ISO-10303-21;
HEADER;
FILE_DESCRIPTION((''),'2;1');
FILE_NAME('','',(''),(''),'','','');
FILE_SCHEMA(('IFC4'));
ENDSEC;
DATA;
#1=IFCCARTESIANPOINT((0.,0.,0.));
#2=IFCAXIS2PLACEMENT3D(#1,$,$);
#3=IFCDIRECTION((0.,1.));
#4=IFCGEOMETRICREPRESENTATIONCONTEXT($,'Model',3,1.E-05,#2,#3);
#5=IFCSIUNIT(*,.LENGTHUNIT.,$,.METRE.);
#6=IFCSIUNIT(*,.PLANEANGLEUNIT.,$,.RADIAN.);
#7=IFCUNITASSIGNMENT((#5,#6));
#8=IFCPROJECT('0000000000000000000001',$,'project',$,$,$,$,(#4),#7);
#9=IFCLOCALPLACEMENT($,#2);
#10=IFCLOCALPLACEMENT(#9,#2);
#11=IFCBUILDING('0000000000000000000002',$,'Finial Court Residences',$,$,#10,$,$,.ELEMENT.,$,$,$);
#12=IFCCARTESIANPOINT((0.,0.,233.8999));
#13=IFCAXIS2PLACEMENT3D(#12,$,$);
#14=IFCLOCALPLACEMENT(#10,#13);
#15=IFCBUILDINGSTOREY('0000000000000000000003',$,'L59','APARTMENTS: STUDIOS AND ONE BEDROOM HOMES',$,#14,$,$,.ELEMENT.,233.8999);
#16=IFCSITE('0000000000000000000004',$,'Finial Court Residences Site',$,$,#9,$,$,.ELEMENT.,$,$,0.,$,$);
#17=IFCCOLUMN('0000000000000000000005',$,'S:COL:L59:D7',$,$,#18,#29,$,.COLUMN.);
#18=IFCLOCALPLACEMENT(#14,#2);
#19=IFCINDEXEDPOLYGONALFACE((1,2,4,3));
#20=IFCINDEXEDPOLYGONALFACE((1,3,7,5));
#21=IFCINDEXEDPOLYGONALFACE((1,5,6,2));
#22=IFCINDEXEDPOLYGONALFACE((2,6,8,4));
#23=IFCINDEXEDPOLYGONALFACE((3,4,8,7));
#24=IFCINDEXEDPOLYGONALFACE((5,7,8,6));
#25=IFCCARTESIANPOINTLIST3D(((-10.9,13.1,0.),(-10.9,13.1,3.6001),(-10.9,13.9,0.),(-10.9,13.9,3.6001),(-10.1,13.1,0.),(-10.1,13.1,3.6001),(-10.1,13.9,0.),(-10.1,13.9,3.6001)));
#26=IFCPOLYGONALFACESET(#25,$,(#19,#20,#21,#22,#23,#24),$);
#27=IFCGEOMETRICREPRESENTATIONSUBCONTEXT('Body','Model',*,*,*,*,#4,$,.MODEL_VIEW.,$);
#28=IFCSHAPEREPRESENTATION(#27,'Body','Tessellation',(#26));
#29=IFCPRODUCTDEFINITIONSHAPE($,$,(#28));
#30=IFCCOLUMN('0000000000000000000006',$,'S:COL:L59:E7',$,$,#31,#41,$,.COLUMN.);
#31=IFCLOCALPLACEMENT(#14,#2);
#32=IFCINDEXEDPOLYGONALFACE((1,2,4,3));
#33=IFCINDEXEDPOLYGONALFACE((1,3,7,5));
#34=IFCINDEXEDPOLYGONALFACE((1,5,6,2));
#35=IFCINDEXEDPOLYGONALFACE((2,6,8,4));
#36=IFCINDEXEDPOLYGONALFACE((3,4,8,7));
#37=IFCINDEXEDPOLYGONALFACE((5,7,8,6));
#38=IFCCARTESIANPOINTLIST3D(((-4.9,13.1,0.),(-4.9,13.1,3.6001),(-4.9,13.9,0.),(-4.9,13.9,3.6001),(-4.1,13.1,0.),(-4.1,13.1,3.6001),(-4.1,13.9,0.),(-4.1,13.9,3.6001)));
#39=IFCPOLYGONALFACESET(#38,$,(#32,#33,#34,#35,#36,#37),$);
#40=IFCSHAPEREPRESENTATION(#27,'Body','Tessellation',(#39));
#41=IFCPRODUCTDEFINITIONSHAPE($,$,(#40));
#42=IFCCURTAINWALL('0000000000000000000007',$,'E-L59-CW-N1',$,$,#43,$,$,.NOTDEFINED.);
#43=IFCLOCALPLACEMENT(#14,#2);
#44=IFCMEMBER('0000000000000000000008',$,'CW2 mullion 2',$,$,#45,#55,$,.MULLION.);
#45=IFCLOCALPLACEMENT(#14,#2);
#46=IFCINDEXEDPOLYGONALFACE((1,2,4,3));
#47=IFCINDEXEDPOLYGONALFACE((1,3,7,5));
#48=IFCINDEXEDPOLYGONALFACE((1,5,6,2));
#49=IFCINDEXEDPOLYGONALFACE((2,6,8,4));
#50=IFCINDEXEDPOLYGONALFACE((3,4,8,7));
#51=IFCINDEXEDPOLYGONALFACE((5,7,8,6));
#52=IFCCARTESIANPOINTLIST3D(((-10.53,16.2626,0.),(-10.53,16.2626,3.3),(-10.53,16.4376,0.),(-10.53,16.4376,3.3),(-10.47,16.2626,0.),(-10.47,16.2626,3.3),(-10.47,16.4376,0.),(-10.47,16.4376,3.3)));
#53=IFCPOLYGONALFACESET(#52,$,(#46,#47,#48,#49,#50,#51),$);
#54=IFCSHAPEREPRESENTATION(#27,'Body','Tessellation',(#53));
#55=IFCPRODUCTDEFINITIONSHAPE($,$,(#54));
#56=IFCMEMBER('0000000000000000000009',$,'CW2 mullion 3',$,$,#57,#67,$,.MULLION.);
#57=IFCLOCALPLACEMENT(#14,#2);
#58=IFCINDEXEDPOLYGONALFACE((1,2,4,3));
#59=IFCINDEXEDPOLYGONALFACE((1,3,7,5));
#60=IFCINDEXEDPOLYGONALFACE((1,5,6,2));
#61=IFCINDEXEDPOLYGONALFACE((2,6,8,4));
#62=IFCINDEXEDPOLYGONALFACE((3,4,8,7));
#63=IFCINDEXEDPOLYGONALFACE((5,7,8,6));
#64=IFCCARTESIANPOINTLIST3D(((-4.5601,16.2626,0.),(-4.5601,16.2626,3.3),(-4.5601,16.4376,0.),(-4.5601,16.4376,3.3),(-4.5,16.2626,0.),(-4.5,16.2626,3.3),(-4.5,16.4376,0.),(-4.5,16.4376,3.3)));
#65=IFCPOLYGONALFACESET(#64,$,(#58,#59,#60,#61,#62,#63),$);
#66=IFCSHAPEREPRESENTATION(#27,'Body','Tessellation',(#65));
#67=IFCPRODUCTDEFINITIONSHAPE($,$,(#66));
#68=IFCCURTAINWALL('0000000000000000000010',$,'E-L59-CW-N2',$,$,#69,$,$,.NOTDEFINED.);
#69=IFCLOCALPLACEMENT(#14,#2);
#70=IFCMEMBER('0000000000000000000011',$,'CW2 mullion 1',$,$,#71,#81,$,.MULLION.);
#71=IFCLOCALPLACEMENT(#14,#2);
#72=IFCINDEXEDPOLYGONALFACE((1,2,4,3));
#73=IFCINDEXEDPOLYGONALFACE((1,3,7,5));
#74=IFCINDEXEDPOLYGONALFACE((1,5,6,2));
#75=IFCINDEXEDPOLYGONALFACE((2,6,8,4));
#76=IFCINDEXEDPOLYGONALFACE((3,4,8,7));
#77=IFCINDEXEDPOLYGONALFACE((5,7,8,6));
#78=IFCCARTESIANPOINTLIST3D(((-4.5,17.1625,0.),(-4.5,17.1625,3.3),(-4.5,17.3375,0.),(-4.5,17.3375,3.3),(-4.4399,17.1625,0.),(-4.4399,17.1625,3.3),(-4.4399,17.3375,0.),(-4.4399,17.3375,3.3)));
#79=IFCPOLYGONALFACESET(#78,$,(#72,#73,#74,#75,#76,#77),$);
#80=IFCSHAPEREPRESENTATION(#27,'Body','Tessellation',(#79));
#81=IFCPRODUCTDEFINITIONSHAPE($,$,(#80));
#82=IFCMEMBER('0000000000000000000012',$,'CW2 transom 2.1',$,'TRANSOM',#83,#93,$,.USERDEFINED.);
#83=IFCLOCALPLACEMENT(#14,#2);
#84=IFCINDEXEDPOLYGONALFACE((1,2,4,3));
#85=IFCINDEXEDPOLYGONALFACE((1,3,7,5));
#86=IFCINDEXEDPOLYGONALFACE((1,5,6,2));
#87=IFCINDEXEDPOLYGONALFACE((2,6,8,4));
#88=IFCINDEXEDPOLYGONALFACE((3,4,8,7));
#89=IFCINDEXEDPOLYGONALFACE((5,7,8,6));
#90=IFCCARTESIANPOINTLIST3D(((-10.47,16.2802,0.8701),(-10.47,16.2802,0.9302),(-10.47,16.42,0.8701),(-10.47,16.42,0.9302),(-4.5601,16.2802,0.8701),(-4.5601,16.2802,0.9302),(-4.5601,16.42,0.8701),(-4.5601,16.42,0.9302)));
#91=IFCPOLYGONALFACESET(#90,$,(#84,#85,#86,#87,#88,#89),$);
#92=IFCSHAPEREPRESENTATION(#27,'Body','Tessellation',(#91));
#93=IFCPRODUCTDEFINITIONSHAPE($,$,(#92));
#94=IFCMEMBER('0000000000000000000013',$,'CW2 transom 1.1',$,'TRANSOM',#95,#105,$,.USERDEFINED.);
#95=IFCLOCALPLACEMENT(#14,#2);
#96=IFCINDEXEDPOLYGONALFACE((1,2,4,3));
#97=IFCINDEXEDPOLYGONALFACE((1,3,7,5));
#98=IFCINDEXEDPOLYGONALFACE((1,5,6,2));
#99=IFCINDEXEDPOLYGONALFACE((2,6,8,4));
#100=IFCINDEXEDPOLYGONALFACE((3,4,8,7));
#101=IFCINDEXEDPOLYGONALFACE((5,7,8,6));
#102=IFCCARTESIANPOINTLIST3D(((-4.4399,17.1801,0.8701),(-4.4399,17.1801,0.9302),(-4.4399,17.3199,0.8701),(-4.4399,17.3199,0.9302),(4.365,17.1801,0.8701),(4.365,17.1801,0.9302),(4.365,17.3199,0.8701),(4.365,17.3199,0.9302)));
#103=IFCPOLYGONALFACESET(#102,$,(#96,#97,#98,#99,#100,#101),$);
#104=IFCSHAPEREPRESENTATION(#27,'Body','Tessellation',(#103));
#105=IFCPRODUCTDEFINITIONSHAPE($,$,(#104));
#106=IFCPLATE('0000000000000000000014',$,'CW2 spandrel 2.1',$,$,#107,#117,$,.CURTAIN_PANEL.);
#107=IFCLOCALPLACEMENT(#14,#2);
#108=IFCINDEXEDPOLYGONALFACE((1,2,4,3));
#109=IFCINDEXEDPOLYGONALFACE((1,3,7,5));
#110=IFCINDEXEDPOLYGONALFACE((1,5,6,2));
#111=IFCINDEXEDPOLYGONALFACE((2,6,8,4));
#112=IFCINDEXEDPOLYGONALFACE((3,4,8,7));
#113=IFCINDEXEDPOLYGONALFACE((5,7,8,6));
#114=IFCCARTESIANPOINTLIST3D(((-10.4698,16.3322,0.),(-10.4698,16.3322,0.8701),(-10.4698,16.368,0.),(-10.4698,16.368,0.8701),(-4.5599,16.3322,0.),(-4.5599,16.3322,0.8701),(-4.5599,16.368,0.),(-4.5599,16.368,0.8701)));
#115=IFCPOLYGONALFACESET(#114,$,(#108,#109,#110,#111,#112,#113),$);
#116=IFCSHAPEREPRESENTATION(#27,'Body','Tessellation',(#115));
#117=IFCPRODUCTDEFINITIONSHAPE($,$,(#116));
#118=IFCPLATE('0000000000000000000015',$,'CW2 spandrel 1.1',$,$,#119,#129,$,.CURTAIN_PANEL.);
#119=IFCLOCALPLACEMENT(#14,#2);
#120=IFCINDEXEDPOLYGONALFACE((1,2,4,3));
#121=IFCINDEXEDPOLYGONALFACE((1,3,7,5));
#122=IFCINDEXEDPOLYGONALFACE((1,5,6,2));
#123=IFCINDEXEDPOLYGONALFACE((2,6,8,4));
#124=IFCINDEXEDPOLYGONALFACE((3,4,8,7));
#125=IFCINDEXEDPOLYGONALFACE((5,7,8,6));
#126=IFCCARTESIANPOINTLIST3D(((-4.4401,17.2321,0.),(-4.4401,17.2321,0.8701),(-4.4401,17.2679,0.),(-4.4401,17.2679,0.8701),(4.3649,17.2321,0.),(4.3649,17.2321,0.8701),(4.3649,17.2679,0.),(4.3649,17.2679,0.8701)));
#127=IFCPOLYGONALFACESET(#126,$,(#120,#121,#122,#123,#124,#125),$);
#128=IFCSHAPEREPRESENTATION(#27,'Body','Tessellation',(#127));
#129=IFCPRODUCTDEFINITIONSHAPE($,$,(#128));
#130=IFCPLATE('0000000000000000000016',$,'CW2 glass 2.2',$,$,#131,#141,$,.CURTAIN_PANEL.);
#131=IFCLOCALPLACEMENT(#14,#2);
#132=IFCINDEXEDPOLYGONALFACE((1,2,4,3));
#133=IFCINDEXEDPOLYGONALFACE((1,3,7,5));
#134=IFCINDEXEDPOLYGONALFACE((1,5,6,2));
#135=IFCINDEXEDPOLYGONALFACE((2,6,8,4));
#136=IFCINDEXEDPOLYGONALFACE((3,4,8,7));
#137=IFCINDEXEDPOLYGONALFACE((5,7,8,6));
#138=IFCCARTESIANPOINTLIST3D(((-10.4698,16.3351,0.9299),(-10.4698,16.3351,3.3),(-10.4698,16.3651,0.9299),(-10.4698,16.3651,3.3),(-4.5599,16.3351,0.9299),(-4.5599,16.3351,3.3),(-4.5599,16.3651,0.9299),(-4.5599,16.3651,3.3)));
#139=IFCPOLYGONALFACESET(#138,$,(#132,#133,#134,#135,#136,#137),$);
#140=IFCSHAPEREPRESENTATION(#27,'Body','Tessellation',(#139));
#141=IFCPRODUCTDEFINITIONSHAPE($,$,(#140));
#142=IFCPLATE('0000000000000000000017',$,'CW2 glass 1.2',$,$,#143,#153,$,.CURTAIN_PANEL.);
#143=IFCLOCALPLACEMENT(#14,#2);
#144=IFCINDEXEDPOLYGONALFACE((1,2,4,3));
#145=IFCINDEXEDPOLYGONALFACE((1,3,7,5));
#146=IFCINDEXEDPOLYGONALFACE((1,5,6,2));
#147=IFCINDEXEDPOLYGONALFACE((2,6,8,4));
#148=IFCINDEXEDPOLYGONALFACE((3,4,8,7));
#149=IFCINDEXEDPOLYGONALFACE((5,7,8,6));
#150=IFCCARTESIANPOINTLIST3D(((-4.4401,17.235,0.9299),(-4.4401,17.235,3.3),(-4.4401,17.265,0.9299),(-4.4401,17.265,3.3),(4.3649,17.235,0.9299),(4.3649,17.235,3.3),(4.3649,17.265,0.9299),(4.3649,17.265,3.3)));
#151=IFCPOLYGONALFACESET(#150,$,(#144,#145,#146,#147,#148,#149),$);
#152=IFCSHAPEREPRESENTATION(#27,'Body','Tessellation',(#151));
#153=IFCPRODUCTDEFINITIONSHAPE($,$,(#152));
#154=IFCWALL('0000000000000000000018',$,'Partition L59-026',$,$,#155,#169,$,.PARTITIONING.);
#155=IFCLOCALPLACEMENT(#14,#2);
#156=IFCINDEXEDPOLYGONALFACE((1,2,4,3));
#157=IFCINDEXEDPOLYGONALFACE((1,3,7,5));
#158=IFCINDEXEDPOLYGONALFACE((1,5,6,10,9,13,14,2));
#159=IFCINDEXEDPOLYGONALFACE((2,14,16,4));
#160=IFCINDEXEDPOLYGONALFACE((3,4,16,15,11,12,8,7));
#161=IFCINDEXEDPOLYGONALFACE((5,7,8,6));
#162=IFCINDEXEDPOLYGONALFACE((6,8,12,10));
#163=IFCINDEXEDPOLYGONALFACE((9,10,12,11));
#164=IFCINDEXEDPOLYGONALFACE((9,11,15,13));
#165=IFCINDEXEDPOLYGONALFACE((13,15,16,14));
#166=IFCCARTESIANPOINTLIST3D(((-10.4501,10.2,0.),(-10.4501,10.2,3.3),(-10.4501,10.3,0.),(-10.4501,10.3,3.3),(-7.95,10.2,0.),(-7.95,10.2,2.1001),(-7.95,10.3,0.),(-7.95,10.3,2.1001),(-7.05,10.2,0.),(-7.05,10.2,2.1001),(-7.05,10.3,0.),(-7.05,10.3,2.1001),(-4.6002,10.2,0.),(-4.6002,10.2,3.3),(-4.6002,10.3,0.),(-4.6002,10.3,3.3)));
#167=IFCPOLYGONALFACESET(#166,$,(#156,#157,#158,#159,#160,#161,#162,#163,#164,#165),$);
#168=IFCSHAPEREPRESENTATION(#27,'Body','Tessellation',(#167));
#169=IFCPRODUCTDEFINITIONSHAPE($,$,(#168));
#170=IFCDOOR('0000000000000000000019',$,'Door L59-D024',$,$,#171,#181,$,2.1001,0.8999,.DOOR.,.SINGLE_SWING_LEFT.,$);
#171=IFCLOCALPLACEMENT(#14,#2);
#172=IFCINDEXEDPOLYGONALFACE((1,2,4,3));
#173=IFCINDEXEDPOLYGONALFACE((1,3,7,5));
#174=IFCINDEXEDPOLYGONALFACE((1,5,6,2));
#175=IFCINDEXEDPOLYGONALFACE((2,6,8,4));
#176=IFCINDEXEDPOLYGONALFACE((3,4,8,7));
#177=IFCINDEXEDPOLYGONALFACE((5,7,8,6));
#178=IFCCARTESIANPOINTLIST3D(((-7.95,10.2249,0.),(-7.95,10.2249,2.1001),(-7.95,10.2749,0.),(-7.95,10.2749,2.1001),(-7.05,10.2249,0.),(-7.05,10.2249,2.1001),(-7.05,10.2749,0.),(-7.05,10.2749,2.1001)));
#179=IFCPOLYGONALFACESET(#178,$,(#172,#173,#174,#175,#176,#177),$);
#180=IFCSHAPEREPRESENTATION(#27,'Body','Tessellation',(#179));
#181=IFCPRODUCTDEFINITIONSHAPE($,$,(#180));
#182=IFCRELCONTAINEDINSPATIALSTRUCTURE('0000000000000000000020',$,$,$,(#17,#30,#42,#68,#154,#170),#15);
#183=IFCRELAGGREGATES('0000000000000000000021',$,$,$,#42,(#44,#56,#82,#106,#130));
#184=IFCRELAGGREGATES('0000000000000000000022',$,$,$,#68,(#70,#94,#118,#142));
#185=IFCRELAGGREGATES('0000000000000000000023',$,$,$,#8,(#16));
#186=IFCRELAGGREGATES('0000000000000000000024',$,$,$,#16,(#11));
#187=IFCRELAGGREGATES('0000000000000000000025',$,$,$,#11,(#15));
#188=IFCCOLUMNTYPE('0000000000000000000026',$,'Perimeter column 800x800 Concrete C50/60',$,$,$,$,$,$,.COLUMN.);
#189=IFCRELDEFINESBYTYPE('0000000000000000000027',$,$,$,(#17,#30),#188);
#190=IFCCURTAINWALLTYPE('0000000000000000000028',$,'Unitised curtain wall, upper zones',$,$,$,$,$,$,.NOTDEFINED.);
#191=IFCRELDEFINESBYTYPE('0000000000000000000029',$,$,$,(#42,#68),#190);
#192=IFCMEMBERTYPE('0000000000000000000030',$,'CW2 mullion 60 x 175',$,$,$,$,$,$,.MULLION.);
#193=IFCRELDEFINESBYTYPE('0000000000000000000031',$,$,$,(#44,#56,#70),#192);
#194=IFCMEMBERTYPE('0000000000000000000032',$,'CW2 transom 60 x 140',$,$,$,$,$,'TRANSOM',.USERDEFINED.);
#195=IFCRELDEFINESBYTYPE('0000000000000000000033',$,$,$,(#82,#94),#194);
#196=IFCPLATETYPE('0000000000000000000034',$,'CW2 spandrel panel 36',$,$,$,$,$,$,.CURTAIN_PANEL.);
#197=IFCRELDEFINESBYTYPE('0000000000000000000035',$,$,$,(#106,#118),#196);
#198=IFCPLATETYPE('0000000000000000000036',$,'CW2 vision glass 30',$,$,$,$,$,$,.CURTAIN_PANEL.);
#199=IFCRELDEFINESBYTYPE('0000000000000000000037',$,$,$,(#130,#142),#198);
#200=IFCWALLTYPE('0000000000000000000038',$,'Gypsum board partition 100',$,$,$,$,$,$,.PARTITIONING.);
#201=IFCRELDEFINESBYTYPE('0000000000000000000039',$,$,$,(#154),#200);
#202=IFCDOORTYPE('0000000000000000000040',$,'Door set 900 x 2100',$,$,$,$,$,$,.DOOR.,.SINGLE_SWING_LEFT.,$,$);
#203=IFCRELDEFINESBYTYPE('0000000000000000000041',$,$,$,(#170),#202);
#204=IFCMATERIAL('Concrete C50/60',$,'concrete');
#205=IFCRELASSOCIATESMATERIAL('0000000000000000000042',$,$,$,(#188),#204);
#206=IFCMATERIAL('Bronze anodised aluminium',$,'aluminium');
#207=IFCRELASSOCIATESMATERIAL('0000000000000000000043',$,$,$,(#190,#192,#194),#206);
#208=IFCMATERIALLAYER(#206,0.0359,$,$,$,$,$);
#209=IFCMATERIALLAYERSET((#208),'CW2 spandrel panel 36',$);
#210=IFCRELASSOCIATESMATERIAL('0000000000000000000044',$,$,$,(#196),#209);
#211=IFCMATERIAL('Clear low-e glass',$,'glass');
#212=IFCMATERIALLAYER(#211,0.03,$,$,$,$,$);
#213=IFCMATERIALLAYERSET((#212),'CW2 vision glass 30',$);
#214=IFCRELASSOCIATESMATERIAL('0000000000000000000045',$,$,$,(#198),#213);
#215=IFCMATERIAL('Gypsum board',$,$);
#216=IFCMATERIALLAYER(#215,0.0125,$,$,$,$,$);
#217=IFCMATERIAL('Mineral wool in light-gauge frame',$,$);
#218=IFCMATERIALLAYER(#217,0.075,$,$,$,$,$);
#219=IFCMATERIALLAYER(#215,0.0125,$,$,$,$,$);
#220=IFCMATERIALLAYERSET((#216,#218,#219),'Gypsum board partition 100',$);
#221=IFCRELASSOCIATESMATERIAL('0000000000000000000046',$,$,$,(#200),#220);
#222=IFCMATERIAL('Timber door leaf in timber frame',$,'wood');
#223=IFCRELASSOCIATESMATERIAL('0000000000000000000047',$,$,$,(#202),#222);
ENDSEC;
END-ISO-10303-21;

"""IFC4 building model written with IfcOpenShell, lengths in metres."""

from ifc_helpers import new_model, si_unit, direction, frame, frame_2d, origin, origin_2d, place, context, subcontext, project, spatial, rectangle, extrude, material, layer, layer_set, material_profile, profile_set, type_object, element, fill, aggregate, save


model = new_model("IFC4")

# Units and contexts
model_context = context("Model", 3, precision=1e-05, world=origin(), true_north=direction((0.0, 1.0)))
body_context = subcontext(model_context, "Body", "Model", "MODEL_VIEW")
ifc_project = project(units=[si_unit("LENGTHUNIT", "METRE"), si_unit("PLANEANGLEUNIT", "RADIAN")], contexts=[model_context])

# Site, building, storey
site_placement = place(None, origin())
site = spatial("IfcSite", under=ifc_project, at=site_placement, Name="Finial Court Residences Site", CompositionType="ELEMENT", RefElevation=0.0)
building_placement = place(site_placement, origin())
building = spatial("IfcBuilding", under=site, at=building_placement, Name="Finial Court Residences", CompositionType="ELEMENT")
storey_placement = place(building_placement, frame((0.0, 0.0, 233.8999)))
storey = spatial("IfcBuildingStorey", under=building, at=storey_placement, Name="L59", Description="APARTMENTS: STUDIOS AND ONE BEDROOM HOMES", CompositionType="ELEMENT", Elevation=233.8999)

# Columns
ifc_material_1 = material(Name="Concrete C50/60", Category="concrete")
ifc_material_profile_1 = material_profile(ifc_material_1, rectangle(XDim=0.8, YDim=0.8, at=origin_2d()), Name="800x800")
ifc_profile_set_1 = profile_set([ifc_material_profile_1], Name="Concrete C50/60")
column_type = type_object("IfcColumnType", Name="Perimeter column 800x800 Concrete C50/60", PredefinedType="COLUMN", material=ifc_profile_set_1)
for number, where, z_axis, x_axis, name in (
    (1, (-10.5, 13.5, 0.0), (0.0, 0.0, 1.0), (1.0, 0.0, 0.0), "S:COL:L59:D7"),
    (2, (-4.5, 13.5, 0.0), (0.0, 0.0, 1.0), (1.0, 0.0, 0.0), "S:COL:L59:E7"),
):
    element("IfcColumn", number, at=place(storey_placement, frame(where, z_axis=z_axis, x_axis=x_axis)), inside=storey, type_object=column_type, Name=name, PredefinedType="COLUMN", context=body_context, shape_type="SweptSolid", body=[
        extrude(rectangle(XDim=0.8, YDim=0.8, at=origin_2d()), origin(), (0.0, 0.0, 1.0), 3.6001),
    ])

# Curtain wall, members
ifc_material_2 = material(Name="Bronze anodised aluminium", Category="aluminium")
curtain_wall_type = type_object("IfcCurtainWallType", Name="Unitised curtain wall, upper zones", PredefinedType="NOTDEFINED", material=ifc_material_2)
curtain_wall_1_placement = place(storey_placement, origin())
curtain_wall_1 = element("IfcCurtainWall", 3, at=curtain_wall_1_placement, inside=storey, type_object=curtain_wall_type, Name="E-L59-CW-N1", PredefinedType="NOTDEFINED")
ifc_material_profile_2 = material_profile(ifc_material_2, rectangle(XDim=0.175, YDim=0.0601, at=origin_2d()), Name="CW2 mullion 60 x 175")
ifc_profile_set_2 = profile_set([ifc_material_profile_2], Name="Bronze anodised aluminium")
member_type_1 = type_object("IfcMemberType", Name="CW2 mullion 60 x 175", PredefinedType="MULLION", material=ifc_profile_set_2)
member_1_placement = place(storey_placement, frame((-10.5, 16.3501, 0.0), z_axis=(0.0, 0.0, 1.0), x_axis=(0.0, 1.0, 0.0)))
member_1 = element("IfcMember", 4, at=member_1_placement, type_object=member_type_1, Name="CW2 mullion 2", PredefinedType="MULLION", context=body_context, shape_type="SweptSolid", body=[
    extrude(rectangle(XDim=0.175, YDim=0.0601, at=origin_2d()), origin(), (0.0, 0.0, 1.0), 3.3),
])
member_2_placement = place(storey_placement, frame((-4.53, 16.3501, 0.0), z_axis=(0.0, 0.0, 1.0), x_axis=(0.0, 1.0, 0.0)))
member_2 = element("IfcMember", 5, at=member_2_placement, type_object=member_type_1, Name="CW2 mullion 3", PredefinedType="MULLION", context=body_context, shape_type="SweptSolid", body=[
    extrude(rectangle(XDim=0.175, YDim=0.0601, at=origin_2d()), origin(), (0.0, 0.0, 1.0), 3.3),
])

# Curtain wall, member
curtain_wall_2_placement = place(storey_placement, origin())
curtain_wall_2 = element("IfcCurtainWall", 6, at=curtain_wall_2_placement, inside=storey, type_object=curtain_wall_type, Name="E-L59-CW-N2", PredefinedType="NOTDEFINED")
member_3_placement = place(storey_placement, frame((-4.47, 17.25, 0.0), z_axis=(0.0, 0.0, 1.0), x_axis=(0.0, 1.0, 0.0)))
member_3 = element("IfcMember", 7, at=member_3_placement, type_object=member_type_1, Name="CW2 mullion 1", PredefinedType="MULLION", context=body_context, shape_type="SweptSolid", body=[
    extrude(rectangle(XDim=0.175, YDim=0.0601, at=origin_2d()), origin(), (0.0, 0.0, 1.0), 3.3),
])

# Members
ifc_material_profile_3 = material_profile(ifc_material_2, rectangle(XDim=0.1399, YDim=0.0601, at=origin_2d()), Name="CW2 transom 60 x 140")
ifc_profile_set_3 = profile_set([ifc_material_profile_3], Name="Bronze anodised aluminium")
member_type_2 = type_object("IfcMemberType", Name="CW2 transom 60 x 140", ElementType="TRANSOM", PredefinedType="USERDEFINED", material=ifc_profile_set_3)
member_4_placement = place(storey_placement, frame((-10.47, 16.3501, 0.9001), z_axis=(1.0, 0.0, 0.0), x_axis=(0.0, 1.0, 0.0)))
member_4 = element("IfcMember", 8, at=member_4_placement, type_object=member_type_2, Name="CW2 transom 2.1", ObjectType="TRANSOM", PredefinedType="USERDEFINED", context=body_context, shape_type="SweptSolid", body=[
    extrude(rectangle(XDim=0.1399, YDim=0.0601, at=origin_2d()), origin(), (0.0, 0.0, 1.0), 5.9099),
])
member_5_placement = place(storey_placement, frame((-4.4399, 17.25, 0.9001), z_axis=(1.0, 0.0, 0.0), x_axis=(0.0, 1.0, 0.0)))
member_5 = element("IfcMember", 9, at=member_5_placement, type_object=member_type_2, Name="CW2 transom 1.1", ObjectType="TRANSOM", PredefinedType="USERDEFINED", context=body_context, shape_type="SweptSolid", body=[
    extrude(rectangle(XDim=0.1399, YDim=0.0601, at=origin_2d()), origin(), (0.0, 0.0, 1.0), 8.8049),
])

# Plates
ifc_layer_1 = layer(ifc_material_2, 0.0359)
ifc_layer_set_1 = layer_set([ifc_layer_1], Name="CW2 spandrel panel 36")
plate_type_1 = type_object("IfcPlateType", Name="CW2 spandrel panel 36", PredefinedType="CURTAIN_PANEL", material=ifc_layer_set_1)
plate_1_placement = place(storey_placement, frame((-7.5149, 16.3501, 0.0), z_axis=(0.0, 0.0, 1.0), x_axis=(1.0, 0.0, 0.0)))
plate_1 = element("IfcPlate", 10, at=plate_1_placement, type_object=plate_type_1, Name="CW2 spandrel 2.1", PredefinedType="CURTAIN_PANEL", context=body_context, shape_type="SweptSolid", body=[
    extrude(rectangle(XDim=5.9099, YDim=0.0359, at=origin_2d()), origin(), (0.0, 0.0, 1.0), 0.8701),
])
plate_2_placement = place(storey_placement, frame((-0.0376, 17.25, 0.0), z_axis=(0.0, 0.0, 1.0), x_axis=(1.0, 0.0, 0.0)))
plate_2 = element("IfcPlate", 11, at=plate_2_placement, type_object=plate_type_1, Name="CW2 spandrel 1.1", PredefinedType="CURTAIN_PANEL", context=body_context, shape_type="SweptSolid", body=[
    extrude(rectangle(XDim=8.8049, YDim=0.0359, at=origin_2d()), origin(), (0.0, 0.0, 1.0), 0.8701),
])
ifc_material_3 = material(Name="Clear low-e glass", Category="glass")
ifc_layer_2 = layer(ifc_material_3, 0.03)
ifc_layer_set_2 = layer_set([ifc_layer_2], Name="CW2 vision glass 30")
plate_type_2 = type_object("IfcPlateType", Name="CW2 vision glass 30", PredefinedType="CURTAIN_PANEL", material=ifc_layer_set_2)
plate_3_placement = place(storey_placement, frame((-7.5149, 16.3501, 0.9299), z_axis=(0.0, 0.0, 1.0), x_axis=(1.0, 0.0, 0.0)))
plate_3 = element("IfcPlate", 12, at=plate_3_placement, type_object=plate_type_2, Name="CW2 glass 2.2", PredefinedType="CURTAIN_PANEL", context=body_context, shape_type="SweptSolid", body=[
    extrude(rectangle(XDim=5.9099, YDim=0.03, at=origin_2d()), origin(), (0.0, 0.0, 1.0), 2.3701),
])
aggregate(curtain_wall_1, [member_1, member_2, member_4, plate_1, plate_3])
plate_4_placement = place(storey_placement, frame((-0.0376, 17.25, 0.9299), z_axis=(0.0, 0.0, 1.0), x_axis=(1.0, 0.0, 0.0)))
plate_4 = element("IfcPlate", 13, at=plate_4_placement, type_object=plate_type_2, Name="CW2 glass 1.2", PredefinedType="CURTAIN_PANEL", context=body_context, shape_type="SweptSolid", body=[
    extrude(rectangle(XDim=8.8049, YDim=0.03, at=origin_2d()), origin(), (0.0, 0.0, 1.0), 2.3701),
])
aggregate(curtain_wall_2, [member_3, member_5, plate_2, plate_4])

# Wall, opening, door
ifc_material_4 = material(Name="Gypsum board")
ifc_layer_3 = layer(ifc_material_4, 0.0125)
ifc_material_5 = material(Name="Mineral wool in light-gauge frame")
ifc_layer_4 = layer(ifc_material_5, 0.075)
ifc_layer_5 = layer(ifc_material_4, 0.0125)
ifc_layer_set_3 = layer_set([ifc_layer_3, ifc_layer_4, ifc_layer_5], Name="Gypsum board partition 100")
wall_type_1 = type_object("IfcWallType", Name="Gypsum board partition 100", PredefinedType="PARTITIONING", material=ifc_layer_set_3)
wall_1_placement = place(storey_placement, frame((-10.45, 10.25, 0.0), z_axis=(0.0, 0.0, 1.0), x_axis=(1.0, 0.0, 0.0)))
wall_1 = element("IfcWall", 14, at=wall_1_placement, inside=storey, type_object=wall_type_1, Name="Partition L59-026", PredefinedType="PARTITIONING", context=body_context, shape_type="SweptSolid", body=[
    extrude(rectangle(XDim=5.8499, YDim=0.1001, at=frame_2d((2.9248, 0.0))), origin(), (0.0, 0.0, 1.0), 3.3),
])
opening_1_placement = place(wall_1_placement, frame((2.5, 0.0, 0.0)))
opening_1 = element("IfcOpeningElement", 15, at=opening_1_placement, cuts=wall_1, PredefinedType="OPENING", context=body_context, shape_type="SweptSolid", body=[
    extrude(rectangle(XDim=0.8999, YDim=2.1001, at=frame_2d((0.45, 1.05))), frame((0.0, 0.0601, 0.0), z_axis=(0.0, -1.0, 0.0), x_axis=(1.0, 0.0, 0.0)), (0.0, 0.0, 1.0), 0.1201),
])
ifc_material_6 = material(Name="Timber door leaf in timber frame", Category="wood")
door_type = type_object("IfcDoorType", Name="Door set 900 x 2100", OperationType="SINGLE_SWING_LEFT", PredefinedType="DOOR", material=ifc_material_6)
door_1_placement = place(opening_1_placement, origin())
door_1 = element("IfcDoor", 16, at=door_1_placement, inside=storey, type_object=door_type, Name="Door L59-D024", OperationType="SINGLE_SWING_LEFT", OverallHeight=2.1001, OverallWidth=0.8999, PredefinedType="DOOR", context=body_context, shape_type="SweptSolid", body=[
    extrude(rectangle(XDim=0.8999, YDim=2.1001, at=frame_2d((0.45, 1.05))), frame((0.0, 0.0249, 0.0), z_axis=(0.0, -1.0, 0.0), x_axis=(1.0, 0.0, 0.0)), (0.0, 0.0, 1.0), 0.05),
])
fill(opening_1, door_1)

save(model, "model.ifc")
